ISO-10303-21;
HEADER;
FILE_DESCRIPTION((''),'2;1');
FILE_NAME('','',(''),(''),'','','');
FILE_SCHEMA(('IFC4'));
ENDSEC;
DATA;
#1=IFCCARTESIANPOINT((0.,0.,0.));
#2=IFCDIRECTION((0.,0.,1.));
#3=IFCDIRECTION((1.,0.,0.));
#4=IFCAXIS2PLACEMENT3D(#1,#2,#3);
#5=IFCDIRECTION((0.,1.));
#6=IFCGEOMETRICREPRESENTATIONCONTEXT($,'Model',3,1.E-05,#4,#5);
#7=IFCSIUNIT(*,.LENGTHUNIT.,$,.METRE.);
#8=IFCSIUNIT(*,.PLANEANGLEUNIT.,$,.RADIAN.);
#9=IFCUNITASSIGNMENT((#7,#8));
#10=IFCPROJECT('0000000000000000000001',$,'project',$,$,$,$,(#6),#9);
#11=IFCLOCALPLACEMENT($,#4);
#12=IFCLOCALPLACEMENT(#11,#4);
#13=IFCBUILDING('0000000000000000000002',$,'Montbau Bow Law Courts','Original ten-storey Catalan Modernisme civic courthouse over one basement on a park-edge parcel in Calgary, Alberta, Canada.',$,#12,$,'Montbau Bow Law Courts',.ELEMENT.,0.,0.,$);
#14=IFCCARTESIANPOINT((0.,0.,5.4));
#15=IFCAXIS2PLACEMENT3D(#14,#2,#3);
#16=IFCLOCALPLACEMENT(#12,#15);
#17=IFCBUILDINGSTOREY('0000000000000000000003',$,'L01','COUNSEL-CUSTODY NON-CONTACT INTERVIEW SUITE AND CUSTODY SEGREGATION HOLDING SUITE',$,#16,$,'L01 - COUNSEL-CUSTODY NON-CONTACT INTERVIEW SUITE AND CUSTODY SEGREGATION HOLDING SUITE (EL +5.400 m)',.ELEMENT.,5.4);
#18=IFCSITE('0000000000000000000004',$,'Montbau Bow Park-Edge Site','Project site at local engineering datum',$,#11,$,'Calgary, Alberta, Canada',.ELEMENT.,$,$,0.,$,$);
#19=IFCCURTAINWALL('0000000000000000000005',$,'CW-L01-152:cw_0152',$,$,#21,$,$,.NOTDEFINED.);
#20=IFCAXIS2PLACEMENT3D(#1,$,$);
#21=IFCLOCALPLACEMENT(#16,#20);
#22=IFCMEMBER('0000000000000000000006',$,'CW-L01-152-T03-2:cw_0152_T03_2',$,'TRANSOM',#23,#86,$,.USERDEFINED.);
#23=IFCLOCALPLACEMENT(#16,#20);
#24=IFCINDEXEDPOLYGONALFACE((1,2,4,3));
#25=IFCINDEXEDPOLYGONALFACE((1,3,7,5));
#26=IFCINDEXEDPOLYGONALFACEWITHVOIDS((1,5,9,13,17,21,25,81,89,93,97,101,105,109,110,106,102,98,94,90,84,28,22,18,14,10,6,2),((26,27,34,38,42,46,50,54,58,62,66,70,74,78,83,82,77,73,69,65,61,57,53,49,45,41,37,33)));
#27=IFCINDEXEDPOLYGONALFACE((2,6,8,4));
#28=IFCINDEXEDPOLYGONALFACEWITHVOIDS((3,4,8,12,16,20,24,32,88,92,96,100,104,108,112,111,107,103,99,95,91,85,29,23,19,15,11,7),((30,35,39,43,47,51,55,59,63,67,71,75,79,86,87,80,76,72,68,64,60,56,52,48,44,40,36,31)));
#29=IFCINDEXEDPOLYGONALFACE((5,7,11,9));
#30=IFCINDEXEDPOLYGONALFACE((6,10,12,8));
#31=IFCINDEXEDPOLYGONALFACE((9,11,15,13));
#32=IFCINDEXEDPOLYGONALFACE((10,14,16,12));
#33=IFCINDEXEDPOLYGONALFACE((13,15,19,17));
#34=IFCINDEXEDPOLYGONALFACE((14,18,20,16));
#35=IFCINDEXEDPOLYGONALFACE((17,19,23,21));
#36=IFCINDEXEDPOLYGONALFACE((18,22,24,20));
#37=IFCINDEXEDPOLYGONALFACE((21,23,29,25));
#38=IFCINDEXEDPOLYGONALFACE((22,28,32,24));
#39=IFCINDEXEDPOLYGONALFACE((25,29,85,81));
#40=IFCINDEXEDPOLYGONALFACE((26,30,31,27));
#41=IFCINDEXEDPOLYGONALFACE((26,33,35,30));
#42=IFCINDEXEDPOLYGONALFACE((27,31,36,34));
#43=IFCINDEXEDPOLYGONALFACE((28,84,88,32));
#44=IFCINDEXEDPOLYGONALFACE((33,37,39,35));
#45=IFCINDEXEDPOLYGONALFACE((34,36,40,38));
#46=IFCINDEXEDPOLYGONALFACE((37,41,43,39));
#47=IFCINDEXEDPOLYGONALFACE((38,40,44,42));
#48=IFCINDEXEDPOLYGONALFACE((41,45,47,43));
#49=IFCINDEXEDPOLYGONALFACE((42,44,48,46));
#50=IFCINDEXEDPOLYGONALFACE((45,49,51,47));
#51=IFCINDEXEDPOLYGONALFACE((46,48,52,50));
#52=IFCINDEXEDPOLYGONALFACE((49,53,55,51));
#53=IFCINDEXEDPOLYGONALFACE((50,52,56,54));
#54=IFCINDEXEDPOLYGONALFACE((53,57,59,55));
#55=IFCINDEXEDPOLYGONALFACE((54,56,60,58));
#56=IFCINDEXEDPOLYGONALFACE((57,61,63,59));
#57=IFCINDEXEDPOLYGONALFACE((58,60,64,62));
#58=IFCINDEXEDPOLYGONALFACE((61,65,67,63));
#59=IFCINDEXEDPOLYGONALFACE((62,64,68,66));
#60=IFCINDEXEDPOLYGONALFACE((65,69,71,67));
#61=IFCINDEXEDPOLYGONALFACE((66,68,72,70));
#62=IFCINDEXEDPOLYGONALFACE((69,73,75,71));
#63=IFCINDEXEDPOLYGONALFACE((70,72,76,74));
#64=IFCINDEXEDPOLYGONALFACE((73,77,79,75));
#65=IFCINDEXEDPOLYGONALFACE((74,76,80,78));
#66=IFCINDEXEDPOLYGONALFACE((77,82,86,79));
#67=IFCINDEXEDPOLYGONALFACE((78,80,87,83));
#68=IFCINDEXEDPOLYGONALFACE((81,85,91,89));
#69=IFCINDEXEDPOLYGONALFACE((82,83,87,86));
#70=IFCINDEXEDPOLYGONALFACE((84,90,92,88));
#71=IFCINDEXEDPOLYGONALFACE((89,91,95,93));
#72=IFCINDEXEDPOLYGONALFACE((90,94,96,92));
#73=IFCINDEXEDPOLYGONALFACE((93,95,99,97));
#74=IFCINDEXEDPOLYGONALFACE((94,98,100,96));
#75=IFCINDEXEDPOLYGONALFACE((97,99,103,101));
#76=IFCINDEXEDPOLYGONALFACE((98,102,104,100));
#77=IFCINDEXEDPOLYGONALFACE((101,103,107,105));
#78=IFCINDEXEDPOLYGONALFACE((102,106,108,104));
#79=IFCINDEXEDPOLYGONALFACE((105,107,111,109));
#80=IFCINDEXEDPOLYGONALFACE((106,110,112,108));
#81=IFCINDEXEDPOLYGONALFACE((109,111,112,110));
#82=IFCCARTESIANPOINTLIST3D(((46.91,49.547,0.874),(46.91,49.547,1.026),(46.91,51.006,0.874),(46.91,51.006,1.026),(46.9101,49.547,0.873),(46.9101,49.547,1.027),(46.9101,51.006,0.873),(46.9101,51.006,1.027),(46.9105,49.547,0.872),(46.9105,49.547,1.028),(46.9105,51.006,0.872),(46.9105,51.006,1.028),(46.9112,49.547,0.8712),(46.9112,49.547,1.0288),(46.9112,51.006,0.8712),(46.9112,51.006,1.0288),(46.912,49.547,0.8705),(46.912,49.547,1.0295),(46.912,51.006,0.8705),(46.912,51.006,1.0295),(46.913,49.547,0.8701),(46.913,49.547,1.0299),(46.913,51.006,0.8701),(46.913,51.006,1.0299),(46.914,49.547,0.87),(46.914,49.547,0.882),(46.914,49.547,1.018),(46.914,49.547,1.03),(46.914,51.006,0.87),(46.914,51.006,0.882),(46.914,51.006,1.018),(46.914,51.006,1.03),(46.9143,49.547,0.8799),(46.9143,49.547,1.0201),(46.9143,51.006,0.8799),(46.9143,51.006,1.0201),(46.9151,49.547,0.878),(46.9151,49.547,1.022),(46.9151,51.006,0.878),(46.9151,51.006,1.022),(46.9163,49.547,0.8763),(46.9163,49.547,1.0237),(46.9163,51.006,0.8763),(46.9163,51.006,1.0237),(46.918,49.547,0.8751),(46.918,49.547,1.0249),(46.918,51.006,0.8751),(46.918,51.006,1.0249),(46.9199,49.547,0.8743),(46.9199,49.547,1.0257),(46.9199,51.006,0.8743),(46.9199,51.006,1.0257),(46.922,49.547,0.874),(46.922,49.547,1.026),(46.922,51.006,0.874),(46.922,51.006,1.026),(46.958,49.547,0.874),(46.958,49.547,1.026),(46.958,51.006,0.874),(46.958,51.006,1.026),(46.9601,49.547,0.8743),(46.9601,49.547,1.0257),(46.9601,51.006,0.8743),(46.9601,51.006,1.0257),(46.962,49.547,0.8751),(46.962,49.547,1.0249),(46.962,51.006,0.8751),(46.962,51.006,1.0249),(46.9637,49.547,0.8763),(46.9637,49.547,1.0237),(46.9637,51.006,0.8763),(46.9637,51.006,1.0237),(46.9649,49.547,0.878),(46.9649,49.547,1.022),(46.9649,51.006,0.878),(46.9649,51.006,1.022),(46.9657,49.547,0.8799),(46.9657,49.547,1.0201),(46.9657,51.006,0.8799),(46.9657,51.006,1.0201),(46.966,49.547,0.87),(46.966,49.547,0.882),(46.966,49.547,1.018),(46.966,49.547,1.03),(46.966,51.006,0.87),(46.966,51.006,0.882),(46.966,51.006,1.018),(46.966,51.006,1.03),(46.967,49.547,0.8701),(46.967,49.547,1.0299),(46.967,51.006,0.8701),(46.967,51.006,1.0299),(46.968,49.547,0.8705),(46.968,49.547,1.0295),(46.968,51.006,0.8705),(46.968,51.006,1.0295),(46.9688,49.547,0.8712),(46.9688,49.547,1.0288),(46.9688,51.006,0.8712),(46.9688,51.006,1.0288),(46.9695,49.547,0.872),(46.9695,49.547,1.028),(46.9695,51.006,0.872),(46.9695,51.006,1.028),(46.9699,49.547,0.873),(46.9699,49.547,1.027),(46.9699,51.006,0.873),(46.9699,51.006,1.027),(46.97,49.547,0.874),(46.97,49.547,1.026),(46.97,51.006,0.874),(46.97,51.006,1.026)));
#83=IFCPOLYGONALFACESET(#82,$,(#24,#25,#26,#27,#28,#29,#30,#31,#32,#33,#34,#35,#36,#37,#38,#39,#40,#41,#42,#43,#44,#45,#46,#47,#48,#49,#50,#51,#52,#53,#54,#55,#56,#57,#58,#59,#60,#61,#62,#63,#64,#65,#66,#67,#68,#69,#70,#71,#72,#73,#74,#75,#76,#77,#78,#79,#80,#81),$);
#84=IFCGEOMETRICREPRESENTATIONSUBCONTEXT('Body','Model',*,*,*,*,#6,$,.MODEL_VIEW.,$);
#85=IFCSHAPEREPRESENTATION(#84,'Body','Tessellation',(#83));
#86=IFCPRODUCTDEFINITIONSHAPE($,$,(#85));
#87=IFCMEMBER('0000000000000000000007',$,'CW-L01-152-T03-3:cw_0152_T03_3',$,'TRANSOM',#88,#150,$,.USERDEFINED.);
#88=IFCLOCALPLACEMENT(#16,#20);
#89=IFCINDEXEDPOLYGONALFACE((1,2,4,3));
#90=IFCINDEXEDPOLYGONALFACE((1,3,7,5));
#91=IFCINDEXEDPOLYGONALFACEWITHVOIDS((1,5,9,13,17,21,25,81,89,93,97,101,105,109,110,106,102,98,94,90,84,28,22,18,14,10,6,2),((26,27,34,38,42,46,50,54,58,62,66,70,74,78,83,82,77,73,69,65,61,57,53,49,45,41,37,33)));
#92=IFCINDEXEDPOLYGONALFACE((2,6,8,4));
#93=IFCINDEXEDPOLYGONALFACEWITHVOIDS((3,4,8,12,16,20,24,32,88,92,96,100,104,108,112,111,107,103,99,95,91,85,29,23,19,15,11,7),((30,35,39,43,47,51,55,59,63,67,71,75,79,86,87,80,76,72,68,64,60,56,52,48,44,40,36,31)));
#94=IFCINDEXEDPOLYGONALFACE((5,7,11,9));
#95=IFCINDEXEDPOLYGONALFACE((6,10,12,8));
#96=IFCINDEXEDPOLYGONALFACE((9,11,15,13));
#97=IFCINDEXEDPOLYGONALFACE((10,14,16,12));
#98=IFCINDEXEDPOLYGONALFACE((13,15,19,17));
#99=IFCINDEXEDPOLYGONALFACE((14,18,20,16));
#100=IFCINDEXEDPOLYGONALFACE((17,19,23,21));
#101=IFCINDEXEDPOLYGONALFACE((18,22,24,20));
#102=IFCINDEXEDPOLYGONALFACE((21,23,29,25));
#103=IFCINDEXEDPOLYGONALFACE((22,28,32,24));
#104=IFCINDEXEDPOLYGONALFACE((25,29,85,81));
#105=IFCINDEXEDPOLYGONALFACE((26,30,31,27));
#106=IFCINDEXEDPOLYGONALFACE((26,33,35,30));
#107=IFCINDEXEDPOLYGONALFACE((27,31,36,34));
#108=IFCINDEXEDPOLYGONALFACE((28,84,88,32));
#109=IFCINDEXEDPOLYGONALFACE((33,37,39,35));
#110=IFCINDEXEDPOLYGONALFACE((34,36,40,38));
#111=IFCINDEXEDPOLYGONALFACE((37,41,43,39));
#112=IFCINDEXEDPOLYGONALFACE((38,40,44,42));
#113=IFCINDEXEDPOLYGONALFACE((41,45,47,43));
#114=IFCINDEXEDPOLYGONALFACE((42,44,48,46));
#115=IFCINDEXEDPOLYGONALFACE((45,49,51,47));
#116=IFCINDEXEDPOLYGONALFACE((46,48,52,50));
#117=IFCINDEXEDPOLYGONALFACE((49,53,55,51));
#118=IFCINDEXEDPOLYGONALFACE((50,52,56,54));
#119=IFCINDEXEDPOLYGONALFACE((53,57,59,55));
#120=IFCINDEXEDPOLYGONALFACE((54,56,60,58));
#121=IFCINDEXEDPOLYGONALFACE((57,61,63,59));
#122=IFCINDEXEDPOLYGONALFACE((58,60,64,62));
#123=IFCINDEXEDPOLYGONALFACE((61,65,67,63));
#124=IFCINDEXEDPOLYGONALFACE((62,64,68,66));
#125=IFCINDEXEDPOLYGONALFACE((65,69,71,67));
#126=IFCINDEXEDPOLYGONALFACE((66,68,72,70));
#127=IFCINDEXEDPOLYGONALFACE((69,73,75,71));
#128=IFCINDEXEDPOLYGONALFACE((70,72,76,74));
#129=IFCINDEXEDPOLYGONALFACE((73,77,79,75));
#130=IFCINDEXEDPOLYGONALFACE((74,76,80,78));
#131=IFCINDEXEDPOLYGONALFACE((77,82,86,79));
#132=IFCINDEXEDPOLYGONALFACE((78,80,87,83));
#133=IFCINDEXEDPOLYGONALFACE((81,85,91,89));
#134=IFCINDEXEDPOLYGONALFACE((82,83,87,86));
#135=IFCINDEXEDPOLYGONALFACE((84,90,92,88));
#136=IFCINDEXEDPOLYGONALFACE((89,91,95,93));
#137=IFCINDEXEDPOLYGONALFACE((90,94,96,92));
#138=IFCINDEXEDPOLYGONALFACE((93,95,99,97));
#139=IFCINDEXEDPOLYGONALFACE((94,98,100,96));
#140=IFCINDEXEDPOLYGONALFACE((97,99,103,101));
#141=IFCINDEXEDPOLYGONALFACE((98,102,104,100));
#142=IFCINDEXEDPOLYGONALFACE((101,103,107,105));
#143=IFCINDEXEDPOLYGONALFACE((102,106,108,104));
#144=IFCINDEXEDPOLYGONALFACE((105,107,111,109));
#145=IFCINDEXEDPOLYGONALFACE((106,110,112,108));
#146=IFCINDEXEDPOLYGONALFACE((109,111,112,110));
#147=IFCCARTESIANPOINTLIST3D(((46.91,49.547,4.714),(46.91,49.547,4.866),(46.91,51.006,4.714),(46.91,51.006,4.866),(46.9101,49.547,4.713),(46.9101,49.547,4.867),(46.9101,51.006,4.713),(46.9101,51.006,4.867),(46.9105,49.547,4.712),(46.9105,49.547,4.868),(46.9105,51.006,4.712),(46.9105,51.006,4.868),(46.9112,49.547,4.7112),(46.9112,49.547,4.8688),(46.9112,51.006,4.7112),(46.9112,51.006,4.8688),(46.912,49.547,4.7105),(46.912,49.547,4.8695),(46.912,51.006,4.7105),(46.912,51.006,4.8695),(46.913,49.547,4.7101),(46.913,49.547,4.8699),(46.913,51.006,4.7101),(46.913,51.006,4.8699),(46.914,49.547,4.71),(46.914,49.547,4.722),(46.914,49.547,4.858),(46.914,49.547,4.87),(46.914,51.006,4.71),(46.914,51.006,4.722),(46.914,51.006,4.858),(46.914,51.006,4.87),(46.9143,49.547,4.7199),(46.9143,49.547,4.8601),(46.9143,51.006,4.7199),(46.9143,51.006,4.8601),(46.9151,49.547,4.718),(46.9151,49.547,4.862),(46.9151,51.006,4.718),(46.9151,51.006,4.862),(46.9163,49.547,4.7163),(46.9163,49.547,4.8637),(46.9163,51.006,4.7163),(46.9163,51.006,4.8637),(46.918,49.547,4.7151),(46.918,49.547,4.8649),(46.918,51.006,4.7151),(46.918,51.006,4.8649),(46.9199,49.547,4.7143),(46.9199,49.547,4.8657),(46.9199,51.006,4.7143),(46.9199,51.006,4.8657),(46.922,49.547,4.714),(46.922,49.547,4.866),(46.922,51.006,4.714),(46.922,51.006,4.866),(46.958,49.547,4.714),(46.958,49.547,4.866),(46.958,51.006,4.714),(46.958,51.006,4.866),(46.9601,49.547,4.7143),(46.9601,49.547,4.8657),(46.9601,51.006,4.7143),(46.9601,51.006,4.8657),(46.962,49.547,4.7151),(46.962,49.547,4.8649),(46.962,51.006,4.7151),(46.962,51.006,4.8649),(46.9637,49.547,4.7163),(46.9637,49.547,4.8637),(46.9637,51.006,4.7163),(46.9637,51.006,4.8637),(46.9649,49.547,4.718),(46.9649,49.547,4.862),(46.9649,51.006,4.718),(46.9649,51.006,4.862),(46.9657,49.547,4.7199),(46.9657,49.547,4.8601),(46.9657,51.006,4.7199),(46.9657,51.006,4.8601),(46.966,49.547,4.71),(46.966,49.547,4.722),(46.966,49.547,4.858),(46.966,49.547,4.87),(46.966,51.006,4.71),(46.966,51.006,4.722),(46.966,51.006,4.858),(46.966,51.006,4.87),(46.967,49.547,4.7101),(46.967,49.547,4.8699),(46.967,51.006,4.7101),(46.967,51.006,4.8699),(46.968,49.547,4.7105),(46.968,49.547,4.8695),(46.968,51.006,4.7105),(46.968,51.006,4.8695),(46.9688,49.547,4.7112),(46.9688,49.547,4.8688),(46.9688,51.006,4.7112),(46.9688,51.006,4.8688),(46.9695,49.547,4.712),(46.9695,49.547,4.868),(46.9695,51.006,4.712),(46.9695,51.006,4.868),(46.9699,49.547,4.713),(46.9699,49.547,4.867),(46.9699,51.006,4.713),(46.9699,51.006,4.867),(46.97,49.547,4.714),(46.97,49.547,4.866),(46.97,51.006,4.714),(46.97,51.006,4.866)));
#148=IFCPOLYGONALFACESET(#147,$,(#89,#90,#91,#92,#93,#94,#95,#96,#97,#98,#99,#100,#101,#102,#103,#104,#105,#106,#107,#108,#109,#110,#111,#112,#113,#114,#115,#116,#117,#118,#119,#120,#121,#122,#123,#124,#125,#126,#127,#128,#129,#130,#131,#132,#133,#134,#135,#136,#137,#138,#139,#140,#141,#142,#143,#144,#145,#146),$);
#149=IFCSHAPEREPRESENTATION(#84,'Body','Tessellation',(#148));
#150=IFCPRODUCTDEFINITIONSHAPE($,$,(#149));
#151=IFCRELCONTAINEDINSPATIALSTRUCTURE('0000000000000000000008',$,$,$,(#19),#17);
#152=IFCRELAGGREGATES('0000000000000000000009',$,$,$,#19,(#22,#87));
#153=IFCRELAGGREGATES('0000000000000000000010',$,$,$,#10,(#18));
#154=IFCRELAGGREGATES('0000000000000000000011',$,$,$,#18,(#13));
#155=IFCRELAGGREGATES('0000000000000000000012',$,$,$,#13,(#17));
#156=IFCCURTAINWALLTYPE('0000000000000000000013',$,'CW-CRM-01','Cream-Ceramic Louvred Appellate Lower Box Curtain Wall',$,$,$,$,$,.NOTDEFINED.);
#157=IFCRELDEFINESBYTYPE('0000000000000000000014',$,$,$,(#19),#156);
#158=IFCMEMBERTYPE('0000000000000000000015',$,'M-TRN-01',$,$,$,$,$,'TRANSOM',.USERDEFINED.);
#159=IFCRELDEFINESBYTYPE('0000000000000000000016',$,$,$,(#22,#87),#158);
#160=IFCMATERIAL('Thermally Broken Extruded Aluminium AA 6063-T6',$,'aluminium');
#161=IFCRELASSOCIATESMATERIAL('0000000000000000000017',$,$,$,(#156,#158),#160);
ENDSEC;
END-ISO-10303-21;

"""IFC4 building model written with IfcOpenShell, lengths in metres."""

from ifc_helpers import new_model, si_unit, direction, frame, origin_with_axes, origin_2d_with_axis, place, context, subcontext, project, spatial, hollow_rectangle, extrude, material, material_profile, profile_set, type_object, element, aggregate, save


model = new_model("IFC4")

# Units and contexts
model_context = context("Model", 3, precision=1e-05, world=origin_with_axes(), true_north=direction((0.0, 1.0)))
body_context = subcontext(model_context, "Body", "Model", "MODEL_VIEW")
ifc_project = project(units=[si_unit("LENGTHUNIT", "METRE"), si_unit("PLANEANGLEUNIT", "RADIAN")], contexts=[model_context])

# Site, building, storey
site_placement = place(None, origin_with_axes())
site = spatial("IfcSite", under=ifc_project, at=site_placement, Name="Montbau Bow Park-Edge Site", Description="Project site at local engineering datum", LongName="Calgary, Alberta, Canada", CompositionType="ELEMENT", RefElevation=0.0)
building_placement = place(site_placement, origin_with_axes())
building = spatial("IfcBuilding", under=site, at=building_placement, Name="Montbau Bow Law Courts", Description="Original ten-storey Catalan Modernisme civic courthouse over one basement on a park-edge parcel in Calgary, Alberta, Canada.", LongName="Montbau Bow Law Courts", CompositionType="ELEMENT", ElevationOfRefHeight=0.0, ElevationOfTerrain=0.0)
storey_placement = place(building_placement, frame((0.0, 0.0, 5.4), z_axis=(0.0, 0.0, 1.0), x_axis=(1.0, 0.0, 0.0)))
storey = spatial("IfcBuildingStorey", under=building, at=storey_placement, Name="L01", Description="COUNSEL-CUSTODY NON-CONTACT INTERVIEW SUITE AND CUSTODY SEGREGATION HOLDING SUITE", LongName="L01 - COUNSEL-CUSTODY NON-CONTACT INTERVIEW SUITE AND CUSTODY SEGREGATION HOLDING SUITE (EL +5.400 m)", CompositionType="ELEMENT", Elevation=5.4)

# Curtain wall, members
ifc_material_1 = material(Name="Thermally Broken Extruded Aluminium AA 6063-T6", Category="aluminium")
curtain_wall_type_1 = type_object("IfcCurtainWallType", Name="CW-CRM-01", Description="Cream-Ceramic Louvred Appellate Lower Box Curtain Wall", PredefinedType="NOTDEFINED", material=ifc_material_1)
curtain_wall_1_placement = place(None, frame((46.94, 46.468, 5.4), z_axis=(0.0, 0.0, 1.0), x_axis=(1.0, 0.0, 0.0)))
curtain_wall_1 = element("IfcCurtainWall", 1, at=curtain_wall_1_placement, inside=storey, type_object=curtain_wall_type_1, Name="CW-L01-152:cw_0152", PredefinedType="NOTDEFINED")
ifc_material_profile_1 = material_profile(ifc_material_1, hollow_rectangle(XDim=0.06, YDim=0.16, WallThickness=0.004, InnerFilletRadius=0.008, OuterFilletRadius=0.004, at=origin_2d_with_axis()), Name="CWT-160X60", Category="Main", Priority=0)
ifc_profile_set_1 = profile_set([ifc_material_profile_1], Name="Thermally Broken Extruded Aluminium AA 6063-T6")
member_type_1 = type_object("IfcMemberType", Name="M-TRN-01", ElementType="TRANSOM", PredefinedType="USERDEFINED", material=ifc_profile_set_1)
member_1_placement = place(None, frame((46.94, 49.547, 6.35), z_axis=(0.0, 1.0, 0.0), x_axis=(-1.0, 0.0, 0.0)))
member_1 = element("IfcMember", 2, at=member_1_placement, type_object=member_type_1, Name="CW-L01-152-T03-2:cw_0152_T03_2", ObjectType="TRANSOM", PredefinedType="USERDEFINED", context=body_context, shape_type="SweptSolid", body=[
    extrude(hollow_rectangle(XDim=0.06, YDim=0.16, WallThickness=0.004, InnerFilletRadius=0.008, OuterFilletRadius=0.004, at=origin_2d_with_axis()), origin_with_axes(), (0.0, 0.0, 1.0), 1.459),
])
member_2_placement = place(None, frame((46.94, 49.547, 10.19), z_axis=(0.0, 1.0, 0.0), x_axis=(-1.0, 0.0, 0.0)))
member_2 = element("IfcMember", 3, at=member_2_placement, type_object=member_type_1, Name="CW-L01-152-T03-3:cw_0152_T03_3", ObjectType="TRANSOM", PredefinedType="USERDEFINED", context=body_context, shape_type="SweptSolid", body=[
    extrude(hollow_rectangle(XDim=0.06, YDim=0.16, WallThickness=0.004, InnerFilletRadius=0.008, OuterFilletRadius=0.004, at=origin_2d_with_axis()), origin_with_axes(), (0.0, 0.0, 1.0), 1.459),
])

aggregate(curtain_wall_1, [member_1, member_2])

save(model, "model.ifc")
